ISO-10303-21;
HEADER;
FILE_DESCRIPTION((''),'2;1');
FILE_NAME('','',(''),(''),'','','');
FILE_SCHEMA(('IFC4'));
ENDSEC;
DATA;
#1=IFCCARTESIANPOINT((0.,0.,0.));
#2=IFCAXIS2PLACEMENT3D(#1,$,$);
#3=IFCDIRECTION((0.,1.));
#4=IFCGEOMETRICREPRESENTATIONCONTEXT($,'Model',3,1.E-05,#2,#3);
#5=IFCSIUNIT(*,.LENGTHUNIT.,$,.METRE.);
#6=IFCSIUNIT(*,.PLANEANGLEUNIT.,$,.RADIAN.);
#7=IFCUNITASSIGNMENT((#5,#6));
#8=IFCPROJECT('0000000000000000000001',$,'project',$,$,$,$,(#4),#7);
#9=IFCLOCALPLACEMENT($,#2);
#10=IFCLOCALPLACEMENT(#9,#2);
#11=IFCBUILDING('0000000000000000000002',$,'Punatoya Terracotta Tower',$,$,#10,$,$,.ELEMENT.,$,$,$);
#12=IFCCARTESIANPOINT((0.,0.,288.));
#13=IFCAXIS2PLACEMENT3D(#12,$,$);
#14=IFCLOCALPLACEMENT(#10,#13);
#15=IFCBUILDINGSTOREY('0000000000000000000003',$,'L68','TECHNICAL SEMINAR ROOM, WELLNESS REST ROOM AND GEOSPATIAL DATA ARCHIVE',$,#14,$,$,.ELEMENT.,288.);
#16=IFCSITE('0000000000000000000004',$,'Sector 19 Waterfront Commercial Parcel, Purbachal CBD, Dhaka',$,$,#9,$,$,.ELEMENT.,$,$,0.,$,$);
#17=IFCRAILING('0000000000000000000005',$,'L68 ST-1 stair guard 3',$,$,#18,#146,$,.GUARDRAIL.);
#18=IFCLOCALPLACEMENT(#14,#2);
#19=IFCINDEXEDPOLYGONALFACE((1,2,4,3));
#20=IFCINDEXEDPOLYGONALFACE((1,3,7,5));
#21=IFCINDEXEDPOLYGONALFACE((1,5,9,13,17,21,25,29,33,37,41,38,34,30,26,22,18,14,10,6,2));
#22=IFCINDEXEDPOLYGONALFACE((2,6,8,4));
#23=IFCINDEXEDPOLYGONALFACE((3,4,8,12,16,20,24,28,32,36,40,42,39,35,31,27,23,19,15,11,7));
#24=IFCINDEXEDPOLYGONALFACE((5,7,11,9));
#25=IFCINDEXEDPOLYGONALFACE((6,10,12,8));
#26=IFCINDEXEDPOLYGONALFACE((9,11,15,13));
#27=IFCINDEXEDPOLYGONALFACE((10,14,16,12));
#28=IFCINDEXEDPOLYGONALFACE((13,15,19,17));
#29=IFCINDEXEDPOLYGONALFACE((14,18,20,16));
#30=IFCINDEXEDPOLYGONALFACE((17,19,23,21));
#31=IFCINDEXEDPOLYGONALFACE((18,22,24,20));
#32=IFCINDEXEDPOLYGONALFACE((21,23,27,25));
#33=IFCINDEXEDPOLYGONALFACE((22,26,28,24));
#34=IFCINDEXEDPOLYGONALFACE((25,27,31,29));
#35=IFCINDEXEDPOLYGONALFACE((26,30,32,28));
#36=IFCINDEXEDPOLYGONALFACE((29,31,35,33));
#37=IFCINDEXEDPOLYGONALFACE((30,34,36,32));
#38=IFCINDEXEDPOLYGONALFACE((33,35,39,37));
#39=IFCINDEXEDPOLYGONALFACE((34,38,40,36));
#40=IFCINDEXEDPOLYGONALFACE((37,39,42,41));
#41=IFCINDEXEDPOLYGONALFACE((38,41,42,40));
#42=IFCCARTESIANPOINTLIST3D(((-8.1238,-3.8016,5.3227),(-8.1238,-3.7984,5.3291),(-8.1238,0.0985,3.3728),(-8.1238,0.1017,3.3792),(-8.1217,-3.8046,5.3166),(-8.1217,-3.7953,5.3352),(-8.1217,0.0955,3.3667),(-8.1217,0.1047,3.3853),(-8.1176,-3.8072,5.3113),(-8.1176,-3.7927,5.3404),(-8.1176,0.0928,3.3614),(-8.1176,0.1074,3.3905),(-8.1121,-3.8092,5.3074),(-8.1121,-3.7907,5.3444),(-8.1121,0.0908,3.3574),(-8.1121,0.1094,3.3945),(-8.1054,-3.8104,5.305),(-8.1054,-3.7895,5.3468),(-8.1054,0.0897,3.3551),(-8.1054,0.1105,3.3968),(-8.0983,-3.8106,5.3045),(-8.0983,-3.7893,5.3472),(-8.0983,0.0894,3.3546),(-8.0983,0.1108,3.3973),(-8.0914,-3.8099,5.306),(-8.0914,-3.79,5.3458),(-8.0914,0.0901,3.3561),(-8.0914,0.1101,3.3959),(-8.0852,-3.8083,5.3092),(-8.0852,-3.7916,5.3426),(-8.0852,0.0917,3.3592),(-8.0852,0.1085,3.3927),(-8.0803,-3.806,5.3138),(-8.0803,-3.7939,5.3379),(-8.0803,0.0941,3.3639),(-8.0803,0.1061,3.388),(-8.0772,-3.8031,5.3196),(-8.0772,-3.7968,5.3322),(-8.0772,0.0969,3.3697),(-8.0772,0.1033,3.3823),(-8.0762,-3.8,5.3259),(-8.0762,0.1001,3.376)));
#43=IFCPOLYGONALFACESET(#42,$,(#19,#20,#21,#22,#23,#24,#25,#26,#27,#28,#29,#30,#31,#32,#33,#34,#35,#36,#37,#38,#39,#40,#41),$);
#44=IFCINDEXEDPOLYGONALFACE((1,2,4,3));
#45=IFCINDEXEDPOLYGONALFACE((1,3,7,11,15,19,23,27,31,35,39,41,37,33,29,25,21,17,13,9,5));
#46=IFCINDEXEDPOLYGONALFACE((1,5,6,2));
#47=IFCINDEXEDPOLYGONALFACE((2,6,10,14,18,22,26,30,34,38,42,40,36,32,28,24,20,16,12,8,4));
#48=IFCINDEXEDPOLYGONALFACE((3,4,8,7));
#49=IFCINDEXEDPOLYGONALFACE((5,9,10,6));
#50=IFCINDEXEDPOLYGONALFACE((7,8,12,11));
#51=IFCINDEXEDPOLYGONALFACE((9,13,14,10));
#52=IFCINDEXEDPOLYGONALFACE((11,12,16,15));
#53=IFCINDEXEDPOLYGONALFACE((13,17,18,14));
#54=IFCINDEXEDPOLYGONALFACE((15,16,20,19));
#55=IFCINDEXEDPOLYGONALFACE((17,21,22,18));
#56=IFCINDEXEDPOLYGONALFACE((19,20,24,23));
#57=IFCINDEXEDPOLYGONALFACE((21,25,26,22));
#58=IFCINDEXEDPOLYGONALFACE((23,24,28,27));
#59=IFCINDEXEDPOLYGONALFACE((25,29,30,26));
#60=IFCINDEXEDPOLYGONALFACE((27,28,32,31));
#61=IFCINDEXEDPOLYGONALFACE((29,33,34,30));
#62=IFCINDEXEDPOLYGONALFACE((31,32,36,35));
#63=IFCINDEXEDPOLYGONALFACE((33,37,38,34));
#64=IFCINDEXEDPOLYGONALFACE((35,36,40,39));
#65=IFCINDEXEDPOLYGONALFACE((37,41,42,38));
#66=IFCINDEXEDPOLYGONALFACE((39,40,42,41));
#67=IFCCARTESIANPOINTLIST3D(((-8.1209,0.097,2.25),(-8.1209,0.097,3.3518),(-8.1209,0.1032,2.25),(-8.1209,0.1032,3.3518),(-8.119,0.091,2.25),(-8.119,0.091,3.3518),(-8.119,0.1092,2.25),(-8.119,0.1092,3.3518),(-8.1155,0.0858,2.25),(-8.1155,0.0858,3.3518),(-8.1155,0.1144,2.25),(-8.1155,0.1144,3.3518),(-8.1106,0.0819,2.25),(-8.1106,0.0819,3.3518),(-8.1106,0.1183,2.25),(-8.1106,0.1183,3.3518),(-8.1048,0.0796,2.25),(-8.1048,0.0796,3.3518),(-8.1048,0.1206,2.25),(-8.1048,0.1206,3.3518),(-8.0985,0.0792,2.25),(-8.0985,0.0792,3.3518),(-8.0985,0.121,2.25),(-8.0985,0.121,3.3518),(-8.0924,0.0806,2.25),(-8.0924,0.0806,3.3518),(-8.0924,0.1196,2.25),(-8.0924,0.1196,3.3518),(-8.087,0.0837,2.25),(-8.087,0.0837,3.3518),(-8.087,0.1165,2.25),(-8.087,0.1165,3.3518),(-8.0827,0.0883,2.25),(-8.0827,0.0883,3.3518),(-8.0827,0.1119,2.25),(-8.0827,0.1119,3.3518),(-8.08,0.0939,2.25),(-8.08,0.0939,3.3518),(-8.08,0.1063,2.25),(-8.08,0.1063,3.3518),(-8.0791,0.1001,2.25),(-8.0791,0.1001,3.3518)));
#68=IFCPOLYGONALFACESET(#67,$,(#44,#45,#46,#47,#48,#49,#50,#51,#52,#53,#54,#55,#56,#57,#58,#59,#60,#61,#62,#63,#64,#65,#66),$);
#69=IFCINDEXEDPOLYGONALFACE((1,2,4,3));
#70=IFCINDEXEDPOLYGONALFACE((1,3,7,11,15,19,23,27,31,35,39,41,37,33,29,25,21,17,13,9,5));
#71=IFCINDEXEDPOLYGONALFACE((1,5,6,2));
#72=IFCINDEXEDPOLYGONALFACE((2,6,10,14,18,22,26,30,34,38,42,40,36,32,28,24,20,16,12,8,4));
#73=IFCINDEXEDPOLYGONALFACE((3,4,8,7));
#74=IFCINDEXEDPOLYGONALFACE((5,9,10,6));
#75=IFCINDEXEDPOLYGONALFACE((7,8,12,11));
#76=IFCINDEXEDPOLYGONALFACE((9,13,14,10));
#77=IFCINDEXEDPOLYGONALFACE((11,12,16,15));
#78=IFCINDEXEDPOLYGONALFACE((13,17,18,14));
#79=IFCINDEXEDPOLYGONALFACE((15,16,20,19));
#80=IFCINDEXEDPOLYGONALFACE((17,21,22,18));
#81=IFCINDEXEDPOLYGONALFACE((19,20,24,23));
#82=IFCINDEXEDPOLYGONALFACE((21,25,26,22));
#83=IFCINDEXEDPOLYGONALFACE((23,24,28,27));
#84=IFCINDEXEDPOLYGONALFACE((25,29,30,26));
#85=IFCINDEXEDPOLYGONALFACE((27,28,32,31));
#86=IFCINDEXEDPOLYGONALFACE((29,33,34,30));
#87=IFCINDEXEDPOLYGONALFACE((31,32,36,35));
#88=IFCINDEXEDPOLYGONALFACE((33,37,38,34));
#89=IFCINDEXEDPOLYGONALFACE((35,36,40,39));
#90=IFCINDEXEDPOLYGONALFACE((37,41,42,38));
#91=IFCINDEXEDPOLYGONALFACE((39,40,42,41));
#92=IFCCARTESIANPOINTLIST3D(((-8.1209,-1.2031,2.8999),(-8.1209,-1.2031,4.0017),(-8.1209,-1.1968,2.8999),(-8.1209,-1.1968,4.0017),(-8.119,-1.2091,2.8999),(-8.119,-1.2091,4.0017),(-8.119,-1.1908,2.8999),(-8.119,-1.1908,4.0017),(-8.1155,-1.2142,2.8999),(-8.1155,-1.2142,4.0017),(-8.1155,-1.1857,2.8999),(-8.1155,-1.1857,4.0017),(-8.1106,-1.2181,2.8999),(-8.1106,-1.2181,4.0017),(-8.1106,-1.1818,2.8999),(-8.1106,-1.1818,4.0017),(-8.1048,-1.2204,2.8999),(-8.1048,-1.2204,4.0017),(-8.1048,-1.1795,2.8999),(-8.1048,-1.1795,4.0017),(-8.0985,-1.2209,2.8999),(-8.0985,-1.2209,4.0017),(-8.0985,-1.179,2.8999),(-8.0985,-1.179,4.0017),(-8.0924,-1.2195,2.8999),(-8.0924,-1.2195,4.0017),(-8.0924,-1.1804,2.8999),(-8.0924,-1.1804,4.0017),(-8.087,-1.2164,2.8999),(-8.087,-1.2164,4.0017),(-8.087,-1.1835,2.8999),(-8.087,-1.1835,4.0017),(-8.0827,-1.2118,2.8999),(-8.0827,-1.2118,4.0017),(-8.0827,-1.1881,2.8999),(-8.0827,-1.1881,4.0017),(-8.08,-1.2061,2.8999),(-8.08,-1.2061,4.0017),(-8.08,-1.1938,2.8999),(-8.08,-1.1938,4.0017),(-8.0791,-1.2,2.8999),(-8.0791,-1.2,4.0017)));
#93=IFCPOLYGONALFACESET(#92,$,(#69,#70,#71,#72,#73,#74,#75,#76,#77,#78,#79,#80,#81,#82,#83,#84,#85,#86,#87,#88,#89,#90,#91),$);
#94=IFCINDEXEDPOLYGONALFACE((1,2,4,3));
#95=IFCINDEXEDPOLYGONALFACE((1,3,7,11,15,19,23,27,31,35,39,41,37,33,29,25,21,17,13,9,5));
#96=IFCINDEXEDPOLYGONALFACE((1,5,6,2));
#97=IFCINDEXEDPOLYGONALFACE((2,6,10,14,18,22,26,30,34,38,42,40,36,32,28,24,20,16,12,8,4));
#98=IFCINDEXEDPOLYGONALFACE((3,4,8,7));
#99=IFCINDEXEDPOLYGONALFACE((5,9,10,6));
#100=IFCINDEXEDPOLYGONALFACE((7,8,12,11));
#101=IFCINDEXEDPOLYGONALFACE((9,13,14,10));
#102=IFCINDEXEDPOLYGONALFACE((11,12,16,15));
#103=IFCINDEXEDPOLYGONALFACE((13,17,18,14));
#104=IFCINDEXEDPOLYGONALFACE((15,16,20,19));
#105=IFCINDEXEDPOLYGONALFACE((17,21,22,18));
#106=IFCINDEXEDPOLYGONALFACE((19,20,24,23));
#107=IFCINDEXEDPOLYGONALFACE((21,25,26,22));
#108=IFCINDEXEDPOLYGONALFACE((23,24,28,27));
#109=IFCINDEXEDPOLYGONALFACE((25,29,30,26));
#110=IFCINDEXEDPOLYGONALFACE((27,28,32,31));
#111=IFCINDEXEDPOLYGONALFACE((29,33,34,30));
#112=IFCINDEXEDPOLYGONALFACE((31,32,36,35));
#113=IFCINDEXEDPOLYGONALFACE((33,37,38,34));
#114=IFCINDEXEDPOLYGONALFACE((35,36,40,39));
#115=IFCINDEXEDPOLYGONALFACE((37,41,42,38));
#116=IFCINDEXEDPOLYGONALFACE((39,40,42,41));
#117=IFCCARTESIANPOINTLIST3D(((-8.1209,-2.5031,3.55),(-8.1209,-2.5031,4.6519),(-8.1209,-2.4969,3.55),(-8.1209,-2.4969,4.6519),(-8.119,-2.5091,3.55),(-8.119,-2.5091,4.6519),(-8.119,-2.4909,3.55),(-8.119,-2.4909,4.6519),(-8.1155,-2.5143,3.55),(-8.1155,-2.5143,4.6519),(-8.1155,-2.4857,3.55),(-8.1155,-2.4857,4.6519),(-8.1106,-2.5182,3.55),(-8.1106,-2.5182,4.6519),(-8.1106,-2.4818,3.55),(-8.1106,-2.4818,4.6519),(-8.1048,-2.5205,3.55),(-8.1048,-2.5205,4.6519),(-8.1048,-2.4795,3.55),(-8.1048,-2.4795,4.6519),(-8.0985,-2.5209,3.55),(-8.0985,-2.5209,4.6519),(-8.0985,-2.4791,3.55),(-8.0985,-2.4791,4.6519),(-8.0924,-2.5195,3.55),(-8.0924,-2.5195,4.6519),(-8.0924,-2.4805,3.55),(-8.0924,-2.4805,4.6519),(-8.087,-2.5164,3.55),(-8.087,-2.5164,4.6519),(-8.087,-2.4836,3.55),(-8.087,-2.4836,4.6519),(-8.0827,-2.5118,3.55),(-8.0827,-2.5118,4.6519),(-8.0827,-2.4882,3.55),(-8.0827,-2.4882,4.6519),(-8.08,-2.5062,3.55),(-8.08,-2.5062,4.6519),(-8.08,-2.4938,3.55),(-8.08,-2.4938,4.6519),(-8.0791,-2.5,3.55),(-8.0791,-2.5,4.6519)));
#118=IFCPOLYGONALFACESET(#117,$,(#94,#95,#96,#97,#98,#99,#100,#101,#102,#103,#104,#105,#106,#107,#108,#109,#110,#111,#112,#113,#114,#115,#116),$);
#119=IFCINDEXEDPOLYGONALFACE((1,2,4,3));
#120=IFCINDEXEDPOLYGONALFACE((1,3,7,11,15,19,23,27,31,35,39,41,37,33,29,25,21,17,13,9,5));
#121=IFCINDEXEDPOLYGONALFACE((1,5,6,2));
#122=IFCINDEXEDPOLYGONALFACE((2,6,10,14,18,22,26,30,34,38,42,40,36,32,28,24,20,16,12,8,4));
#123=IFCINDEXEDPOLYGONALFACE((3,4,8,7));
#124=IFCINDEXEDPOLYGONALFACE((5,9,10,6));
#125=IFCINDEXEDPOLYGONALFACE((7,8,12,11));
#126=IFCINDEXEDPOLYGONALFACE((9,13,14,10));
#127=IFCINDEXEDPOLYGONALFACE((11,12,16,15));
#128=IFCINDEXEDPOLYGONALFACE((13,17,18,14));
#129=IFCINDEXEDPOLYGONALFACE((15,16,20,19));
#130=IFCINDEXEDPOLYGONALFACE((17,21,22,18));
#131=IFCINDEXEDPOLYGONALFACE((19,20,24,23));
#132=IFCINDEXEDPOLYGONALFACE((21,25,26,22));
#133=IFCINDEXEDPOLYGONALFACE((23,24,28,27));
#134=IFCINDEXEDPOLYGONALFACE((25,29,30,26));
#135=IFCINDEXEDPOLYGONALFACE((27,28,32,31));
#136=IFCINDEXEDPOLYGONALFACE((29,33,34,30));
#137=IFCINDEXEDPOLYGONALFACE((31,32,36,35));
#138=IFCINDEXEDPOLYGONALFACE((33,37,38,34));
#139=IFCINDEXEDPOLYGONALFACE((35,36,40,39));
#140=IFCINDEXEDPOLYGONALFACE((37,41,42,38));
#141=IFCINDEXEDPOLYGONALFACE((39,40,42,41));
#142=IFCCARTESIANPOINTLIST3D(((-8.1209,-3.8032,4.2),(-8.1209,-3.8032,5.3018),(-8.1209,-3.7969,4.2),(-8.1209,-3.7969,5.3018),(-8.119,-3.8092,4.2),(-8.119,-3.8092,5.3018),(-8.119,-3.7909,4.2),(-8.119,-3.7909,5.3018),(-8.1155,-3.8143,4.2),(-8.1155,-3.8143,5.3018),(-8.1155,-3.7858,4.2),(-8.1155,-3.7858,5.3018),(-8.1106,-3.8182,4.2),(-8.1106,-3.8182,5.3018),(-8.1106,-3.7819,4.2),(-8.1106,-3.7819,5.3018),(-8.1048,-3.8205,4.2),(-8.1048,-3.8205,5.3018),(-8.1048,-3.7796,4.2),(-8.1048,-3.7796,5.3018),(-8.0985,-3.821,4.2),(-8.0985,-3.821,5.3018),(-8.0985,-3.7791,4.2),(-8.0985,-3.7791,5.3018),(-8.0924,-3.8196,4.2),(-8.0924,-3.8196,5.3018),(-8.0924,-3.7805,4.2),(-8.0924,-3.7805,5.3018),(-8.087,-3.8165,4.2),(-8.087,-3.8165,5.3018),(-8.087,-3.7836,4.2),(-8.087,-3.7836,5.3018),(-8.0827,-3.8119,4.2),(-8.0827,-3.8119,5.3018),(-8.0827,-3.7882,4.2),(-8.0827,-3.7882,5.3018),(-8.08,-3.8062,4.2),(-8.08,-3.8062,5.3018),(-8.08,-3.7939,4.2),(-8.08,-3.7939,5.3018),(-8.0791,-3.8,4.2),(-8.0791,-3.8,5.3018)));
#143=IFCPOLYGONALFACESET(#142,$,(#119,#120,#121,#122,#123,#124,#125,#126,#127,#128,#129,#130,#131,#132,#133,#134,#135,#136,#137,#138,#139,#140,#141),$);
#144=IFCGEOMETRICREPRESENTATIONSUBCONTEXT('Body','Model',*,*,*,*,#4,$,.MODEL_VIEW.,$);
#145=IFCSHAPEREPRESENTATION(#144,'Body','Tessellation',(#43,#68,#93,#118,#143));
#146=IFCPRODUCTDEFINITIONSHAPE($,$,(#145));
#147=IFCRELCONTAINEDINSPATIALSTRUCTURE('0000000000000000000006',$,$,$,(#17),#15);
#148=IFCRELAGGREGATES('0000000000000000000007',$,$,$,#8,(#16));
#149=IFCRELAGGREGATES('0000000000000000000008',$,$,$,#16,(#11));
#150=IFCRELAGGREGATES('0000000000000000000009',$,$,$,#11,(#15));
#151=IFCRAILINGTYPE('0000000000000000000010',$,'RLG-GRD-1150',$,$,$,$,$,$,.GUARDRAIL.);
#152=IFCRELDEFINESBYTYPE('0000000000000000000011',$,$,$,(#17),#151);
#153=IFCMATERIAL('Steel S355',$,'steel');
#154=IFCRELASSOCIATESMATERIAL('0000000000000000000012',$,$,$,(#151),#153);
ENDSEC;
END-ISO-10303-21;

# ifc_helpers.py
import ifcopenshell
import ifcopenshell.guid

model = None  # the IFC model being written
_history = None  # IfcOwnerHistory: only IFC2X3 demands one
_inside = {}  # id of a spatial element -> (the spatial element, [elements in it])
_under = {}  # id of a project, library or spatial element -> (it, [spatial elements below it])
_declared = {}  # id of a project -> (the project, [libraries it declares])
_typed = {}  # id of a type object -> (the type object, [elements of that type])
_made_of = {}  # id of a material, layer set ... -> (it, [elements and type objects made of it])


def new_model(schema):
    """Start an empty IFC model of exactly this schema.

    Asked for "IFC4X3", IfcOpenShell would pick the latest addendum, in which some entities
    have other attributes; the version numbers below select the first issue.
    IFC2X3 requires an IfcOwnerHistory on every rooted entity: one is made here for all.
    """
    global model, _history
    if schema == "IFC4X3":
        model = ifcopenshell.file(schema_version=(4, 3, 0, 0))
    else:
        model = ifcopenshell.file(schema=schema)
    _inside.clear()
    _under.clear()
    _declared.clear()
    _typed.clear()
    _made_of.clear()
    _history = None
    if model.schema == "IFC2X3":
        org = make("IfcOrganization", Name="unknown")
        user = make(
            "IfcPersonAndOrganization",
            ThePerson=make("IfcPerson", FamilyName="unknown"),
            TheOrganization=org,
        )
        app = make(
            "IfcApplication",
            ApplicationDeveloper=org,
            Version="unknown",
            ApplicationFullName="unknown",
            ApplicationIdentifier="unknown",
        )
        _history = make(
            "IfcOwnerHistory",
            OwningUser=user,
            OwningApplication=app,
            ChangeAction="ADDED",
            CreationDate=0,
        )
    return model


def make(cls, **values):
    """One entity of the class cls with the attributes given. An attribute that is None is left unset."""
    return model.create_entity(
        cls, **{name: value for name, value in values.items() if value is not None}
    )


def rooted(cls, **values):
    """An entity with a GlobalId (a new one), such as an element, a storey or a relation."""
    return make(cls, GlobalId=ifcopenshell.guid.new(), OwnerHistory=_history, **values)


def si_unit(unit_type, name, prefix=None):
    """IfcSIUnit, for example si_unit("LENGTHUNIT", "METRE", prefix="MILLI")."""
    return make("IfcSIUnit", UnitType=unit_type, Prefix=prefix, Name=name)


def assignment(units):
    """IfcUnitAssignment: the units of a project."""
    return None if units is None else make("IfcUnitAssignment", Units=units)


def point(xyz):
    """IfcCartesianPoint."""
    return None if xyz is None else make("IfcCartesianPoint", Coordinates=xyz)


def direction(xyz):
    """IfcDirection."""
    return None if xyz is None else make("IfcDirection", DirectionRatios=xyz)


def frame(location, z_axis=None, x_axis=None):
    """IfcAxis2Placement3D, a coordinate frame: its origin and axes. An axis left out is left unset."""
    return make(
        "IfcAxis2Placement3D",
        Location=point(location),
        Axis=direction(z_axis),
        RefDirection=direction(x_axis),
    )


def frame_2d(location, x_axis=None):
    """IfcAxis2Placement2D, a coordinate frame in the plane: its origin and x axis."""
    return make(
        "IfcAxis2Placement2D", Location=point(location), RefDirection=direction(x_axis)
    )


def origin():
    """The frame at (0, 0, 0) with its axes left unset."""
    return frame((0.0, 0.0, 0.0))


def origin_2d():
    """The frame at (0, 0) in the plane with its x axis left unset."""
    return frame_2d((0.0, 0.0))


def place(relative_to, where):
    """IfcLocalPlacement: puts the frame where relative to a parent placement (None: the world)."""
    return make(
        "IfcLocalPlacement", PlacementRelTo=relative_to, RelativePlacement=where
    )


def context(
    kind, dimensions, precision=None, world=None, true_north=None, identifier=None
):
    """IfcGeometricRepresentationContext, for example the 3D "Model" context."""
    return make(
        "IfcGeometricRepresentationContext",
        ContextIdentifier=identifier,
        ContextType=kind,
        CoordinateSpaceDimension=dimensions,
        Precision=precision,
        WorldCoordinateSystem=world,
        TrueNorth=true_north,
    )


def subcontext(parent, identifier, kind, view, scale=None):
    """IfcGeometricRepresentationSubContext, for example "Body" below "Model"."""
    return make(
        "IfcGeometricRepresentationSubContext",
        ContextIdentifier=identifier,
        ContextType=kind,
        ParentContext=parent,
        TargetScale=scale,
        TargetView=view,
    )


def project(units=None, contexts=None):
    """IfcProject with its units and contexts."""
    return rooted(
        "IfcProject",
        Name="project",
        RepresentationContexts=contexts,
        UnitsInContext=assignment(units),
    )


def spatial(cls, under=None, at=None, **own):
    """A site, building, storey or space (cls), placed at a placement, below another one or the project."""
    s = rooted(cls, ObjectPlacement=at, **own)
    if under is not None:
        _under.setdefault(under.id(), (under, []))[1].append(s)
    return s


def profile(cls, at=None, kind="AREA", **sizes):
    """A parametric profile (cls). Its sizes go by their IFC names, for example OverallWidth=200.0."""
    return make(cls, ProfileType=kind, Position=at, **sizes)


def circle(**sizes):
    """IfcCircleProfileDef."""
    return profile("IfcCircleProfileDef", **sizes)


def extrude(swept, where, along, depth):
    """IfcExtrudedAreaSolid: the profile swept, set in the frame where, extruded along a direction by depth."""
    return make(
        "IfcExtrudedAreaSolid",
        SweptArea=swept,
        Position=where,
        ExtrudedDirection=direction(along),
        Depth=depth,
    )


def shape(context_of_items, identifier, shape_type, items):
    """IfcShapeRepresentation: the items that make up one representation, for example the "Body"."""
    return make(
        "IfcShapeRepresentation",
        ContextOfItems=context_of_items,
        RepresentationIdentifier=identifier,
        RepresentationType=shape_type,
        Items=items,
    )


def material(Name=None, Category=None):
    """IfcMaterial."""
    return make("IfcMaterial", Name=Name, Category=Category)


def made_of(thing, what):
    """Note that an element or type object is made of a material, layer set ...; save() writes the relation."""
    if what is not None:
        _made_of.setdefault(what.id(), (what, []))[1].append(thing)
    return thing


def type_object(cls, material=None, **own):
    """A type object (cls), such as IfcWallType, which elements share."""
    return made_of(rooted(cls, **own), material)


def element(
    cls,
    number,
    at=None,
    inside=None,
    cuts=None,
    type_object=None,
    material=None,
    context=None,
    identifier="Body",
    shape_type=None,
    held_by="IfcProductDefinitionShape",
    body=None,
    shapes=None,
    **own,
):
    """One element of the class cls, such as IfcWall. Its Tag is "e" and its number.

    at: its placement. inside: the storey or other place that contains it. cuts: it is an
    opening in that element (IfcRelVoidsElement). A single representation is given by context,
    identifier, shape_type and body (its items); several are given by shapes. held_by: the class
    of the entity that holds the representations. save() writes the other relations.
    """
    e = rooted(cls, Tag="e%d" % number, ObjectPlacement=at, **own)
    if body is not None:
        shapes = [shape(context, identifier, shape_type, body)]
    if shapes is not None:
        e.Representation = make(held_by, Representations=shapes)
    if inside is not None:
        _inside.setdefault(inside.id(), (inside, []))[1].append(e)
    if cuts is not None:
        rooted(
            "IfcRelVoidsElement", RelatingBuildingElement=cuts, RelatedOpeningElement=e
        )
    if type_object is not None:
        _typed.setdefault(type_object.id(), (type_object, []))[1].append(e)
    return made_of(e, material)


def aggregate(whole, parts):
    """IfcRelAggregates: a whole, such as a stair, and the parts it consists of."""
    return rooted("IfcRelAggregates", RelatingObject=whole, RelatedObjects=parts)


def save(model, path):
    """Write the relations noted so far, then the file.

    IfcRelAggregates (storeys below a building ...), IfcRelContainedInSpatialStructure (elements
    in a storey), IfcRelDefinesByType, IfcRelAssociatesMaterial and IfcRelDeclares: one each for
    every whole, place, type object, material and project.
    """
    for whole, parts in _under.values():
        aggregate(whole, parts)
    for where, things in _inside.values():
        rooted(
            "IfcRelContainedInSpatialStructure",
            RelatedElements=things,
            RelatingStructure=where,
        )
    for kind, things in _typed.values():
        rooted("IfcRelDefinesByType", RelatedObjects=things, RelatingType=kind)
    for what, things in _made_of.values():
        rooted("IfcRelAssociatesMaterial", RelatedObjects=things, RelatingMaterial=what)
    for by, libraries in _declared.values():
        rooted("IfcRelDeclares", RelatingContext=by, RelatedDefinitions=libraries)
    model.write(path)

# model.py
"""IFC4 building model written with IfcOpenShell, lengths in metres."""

from ifc_helpers import new_model, si_unit, direction, frame, origin, origin_2d, place, context, subcontext, project, spatial, circle, extrude, material, type_object, element, save


model = new_model("IFC4")

# Units and contexts
model_context = context("Model", 3, precision=1e-05, world=origin(), true_north=direction((0.0, 1.0)))
body_context = subcontext(model_context, "Body", "Model", "MODEL_VIEW")
ifc_project = project(units=[si_unit("LENGTHUNIT", "METRE"), si_unit("PLANEANGLEUNIT", "RADIAN")], contexts=[model_context])

# Site, building, storey
site_placement = place(None, origin())
site = spatial("IfcSite", under=ifc_project, at=site_placement, Name="Sector 19 Waterfront Commercial Parcel, Purbachal CBD, Dhaka", CompositionType="ELEMENT", RefElevation=0.0)
building_placement = place(site_placement, origin())
building = spatial("IfcBuilding", under=site, at=building_placement, Name="Punatoya Terracotta Tower", CompositionType="ELEMENT")
storey_placement = place(building_placement, frame((0.0, 0.0, 288.0)))
storey = spatial("IfcBuildingStorey", under=building, at=storey_placement, Name="L68", Description="TECHNICAL SEMINAR ROOM, WELLNESS REST ROOM AND GEOSPATIAL DATA ARCHIVE", CompositionType="ELEMENT", Elevation=288.0)

# Shared definitions
ifc_material_1 = material(Name="Steel S355", Category="steel")

# Railing
railing_type_1 = type_object("IfcRailingType", Name="RLG-GRD-1150", PredefinedType="GUARDRAIL", material=ifc_material_1)
railing_1_placement = place(storey_placement, frame((-8.1001, 0.1001, 2.25)))
element("IfcRailing", 1, at=railing_1_placement, inside=storey, type_object=railing_type_1, Name="L68 ST-1 stair guard 3", PredefinedType="GUARDRAIL", context=body_context, shape_type="SweptSolid", body=[
    extrude(circle(Radius=0.0239, at=origin_2d()), frame((0.0, 0.0, 1.126), z_axis=(0.0, -0.894438, 0.447191), x_axis=(1.0, 0.0, 0.0)), (0.0, 0.0, 1.0), 4.3604),
    extrude(circle(Radius=0.021, at=origin_2d()), origin(), (0.0, 0.0, 1.0), 1.1018),
    extrude(circle(Radius=0.021, at=origin_2d()), frame((0.0, -1.3, 0.6499)), (0.0, 0.0, 1.0), 1.1018),
    extrude(circle(Radius=0.021, at=origin_2d()), frame((0.0, -2.6001, 1.3)), (0.0, 0.0, 1.0), 1.1018),
    extrude(circle(Radius=0.021, at=origin_2d()), frame((0.0, -3.9001, 1.95)), (0.0, 0.0, 1.0), 1.1018),
])

save(model, "model.ifc")
